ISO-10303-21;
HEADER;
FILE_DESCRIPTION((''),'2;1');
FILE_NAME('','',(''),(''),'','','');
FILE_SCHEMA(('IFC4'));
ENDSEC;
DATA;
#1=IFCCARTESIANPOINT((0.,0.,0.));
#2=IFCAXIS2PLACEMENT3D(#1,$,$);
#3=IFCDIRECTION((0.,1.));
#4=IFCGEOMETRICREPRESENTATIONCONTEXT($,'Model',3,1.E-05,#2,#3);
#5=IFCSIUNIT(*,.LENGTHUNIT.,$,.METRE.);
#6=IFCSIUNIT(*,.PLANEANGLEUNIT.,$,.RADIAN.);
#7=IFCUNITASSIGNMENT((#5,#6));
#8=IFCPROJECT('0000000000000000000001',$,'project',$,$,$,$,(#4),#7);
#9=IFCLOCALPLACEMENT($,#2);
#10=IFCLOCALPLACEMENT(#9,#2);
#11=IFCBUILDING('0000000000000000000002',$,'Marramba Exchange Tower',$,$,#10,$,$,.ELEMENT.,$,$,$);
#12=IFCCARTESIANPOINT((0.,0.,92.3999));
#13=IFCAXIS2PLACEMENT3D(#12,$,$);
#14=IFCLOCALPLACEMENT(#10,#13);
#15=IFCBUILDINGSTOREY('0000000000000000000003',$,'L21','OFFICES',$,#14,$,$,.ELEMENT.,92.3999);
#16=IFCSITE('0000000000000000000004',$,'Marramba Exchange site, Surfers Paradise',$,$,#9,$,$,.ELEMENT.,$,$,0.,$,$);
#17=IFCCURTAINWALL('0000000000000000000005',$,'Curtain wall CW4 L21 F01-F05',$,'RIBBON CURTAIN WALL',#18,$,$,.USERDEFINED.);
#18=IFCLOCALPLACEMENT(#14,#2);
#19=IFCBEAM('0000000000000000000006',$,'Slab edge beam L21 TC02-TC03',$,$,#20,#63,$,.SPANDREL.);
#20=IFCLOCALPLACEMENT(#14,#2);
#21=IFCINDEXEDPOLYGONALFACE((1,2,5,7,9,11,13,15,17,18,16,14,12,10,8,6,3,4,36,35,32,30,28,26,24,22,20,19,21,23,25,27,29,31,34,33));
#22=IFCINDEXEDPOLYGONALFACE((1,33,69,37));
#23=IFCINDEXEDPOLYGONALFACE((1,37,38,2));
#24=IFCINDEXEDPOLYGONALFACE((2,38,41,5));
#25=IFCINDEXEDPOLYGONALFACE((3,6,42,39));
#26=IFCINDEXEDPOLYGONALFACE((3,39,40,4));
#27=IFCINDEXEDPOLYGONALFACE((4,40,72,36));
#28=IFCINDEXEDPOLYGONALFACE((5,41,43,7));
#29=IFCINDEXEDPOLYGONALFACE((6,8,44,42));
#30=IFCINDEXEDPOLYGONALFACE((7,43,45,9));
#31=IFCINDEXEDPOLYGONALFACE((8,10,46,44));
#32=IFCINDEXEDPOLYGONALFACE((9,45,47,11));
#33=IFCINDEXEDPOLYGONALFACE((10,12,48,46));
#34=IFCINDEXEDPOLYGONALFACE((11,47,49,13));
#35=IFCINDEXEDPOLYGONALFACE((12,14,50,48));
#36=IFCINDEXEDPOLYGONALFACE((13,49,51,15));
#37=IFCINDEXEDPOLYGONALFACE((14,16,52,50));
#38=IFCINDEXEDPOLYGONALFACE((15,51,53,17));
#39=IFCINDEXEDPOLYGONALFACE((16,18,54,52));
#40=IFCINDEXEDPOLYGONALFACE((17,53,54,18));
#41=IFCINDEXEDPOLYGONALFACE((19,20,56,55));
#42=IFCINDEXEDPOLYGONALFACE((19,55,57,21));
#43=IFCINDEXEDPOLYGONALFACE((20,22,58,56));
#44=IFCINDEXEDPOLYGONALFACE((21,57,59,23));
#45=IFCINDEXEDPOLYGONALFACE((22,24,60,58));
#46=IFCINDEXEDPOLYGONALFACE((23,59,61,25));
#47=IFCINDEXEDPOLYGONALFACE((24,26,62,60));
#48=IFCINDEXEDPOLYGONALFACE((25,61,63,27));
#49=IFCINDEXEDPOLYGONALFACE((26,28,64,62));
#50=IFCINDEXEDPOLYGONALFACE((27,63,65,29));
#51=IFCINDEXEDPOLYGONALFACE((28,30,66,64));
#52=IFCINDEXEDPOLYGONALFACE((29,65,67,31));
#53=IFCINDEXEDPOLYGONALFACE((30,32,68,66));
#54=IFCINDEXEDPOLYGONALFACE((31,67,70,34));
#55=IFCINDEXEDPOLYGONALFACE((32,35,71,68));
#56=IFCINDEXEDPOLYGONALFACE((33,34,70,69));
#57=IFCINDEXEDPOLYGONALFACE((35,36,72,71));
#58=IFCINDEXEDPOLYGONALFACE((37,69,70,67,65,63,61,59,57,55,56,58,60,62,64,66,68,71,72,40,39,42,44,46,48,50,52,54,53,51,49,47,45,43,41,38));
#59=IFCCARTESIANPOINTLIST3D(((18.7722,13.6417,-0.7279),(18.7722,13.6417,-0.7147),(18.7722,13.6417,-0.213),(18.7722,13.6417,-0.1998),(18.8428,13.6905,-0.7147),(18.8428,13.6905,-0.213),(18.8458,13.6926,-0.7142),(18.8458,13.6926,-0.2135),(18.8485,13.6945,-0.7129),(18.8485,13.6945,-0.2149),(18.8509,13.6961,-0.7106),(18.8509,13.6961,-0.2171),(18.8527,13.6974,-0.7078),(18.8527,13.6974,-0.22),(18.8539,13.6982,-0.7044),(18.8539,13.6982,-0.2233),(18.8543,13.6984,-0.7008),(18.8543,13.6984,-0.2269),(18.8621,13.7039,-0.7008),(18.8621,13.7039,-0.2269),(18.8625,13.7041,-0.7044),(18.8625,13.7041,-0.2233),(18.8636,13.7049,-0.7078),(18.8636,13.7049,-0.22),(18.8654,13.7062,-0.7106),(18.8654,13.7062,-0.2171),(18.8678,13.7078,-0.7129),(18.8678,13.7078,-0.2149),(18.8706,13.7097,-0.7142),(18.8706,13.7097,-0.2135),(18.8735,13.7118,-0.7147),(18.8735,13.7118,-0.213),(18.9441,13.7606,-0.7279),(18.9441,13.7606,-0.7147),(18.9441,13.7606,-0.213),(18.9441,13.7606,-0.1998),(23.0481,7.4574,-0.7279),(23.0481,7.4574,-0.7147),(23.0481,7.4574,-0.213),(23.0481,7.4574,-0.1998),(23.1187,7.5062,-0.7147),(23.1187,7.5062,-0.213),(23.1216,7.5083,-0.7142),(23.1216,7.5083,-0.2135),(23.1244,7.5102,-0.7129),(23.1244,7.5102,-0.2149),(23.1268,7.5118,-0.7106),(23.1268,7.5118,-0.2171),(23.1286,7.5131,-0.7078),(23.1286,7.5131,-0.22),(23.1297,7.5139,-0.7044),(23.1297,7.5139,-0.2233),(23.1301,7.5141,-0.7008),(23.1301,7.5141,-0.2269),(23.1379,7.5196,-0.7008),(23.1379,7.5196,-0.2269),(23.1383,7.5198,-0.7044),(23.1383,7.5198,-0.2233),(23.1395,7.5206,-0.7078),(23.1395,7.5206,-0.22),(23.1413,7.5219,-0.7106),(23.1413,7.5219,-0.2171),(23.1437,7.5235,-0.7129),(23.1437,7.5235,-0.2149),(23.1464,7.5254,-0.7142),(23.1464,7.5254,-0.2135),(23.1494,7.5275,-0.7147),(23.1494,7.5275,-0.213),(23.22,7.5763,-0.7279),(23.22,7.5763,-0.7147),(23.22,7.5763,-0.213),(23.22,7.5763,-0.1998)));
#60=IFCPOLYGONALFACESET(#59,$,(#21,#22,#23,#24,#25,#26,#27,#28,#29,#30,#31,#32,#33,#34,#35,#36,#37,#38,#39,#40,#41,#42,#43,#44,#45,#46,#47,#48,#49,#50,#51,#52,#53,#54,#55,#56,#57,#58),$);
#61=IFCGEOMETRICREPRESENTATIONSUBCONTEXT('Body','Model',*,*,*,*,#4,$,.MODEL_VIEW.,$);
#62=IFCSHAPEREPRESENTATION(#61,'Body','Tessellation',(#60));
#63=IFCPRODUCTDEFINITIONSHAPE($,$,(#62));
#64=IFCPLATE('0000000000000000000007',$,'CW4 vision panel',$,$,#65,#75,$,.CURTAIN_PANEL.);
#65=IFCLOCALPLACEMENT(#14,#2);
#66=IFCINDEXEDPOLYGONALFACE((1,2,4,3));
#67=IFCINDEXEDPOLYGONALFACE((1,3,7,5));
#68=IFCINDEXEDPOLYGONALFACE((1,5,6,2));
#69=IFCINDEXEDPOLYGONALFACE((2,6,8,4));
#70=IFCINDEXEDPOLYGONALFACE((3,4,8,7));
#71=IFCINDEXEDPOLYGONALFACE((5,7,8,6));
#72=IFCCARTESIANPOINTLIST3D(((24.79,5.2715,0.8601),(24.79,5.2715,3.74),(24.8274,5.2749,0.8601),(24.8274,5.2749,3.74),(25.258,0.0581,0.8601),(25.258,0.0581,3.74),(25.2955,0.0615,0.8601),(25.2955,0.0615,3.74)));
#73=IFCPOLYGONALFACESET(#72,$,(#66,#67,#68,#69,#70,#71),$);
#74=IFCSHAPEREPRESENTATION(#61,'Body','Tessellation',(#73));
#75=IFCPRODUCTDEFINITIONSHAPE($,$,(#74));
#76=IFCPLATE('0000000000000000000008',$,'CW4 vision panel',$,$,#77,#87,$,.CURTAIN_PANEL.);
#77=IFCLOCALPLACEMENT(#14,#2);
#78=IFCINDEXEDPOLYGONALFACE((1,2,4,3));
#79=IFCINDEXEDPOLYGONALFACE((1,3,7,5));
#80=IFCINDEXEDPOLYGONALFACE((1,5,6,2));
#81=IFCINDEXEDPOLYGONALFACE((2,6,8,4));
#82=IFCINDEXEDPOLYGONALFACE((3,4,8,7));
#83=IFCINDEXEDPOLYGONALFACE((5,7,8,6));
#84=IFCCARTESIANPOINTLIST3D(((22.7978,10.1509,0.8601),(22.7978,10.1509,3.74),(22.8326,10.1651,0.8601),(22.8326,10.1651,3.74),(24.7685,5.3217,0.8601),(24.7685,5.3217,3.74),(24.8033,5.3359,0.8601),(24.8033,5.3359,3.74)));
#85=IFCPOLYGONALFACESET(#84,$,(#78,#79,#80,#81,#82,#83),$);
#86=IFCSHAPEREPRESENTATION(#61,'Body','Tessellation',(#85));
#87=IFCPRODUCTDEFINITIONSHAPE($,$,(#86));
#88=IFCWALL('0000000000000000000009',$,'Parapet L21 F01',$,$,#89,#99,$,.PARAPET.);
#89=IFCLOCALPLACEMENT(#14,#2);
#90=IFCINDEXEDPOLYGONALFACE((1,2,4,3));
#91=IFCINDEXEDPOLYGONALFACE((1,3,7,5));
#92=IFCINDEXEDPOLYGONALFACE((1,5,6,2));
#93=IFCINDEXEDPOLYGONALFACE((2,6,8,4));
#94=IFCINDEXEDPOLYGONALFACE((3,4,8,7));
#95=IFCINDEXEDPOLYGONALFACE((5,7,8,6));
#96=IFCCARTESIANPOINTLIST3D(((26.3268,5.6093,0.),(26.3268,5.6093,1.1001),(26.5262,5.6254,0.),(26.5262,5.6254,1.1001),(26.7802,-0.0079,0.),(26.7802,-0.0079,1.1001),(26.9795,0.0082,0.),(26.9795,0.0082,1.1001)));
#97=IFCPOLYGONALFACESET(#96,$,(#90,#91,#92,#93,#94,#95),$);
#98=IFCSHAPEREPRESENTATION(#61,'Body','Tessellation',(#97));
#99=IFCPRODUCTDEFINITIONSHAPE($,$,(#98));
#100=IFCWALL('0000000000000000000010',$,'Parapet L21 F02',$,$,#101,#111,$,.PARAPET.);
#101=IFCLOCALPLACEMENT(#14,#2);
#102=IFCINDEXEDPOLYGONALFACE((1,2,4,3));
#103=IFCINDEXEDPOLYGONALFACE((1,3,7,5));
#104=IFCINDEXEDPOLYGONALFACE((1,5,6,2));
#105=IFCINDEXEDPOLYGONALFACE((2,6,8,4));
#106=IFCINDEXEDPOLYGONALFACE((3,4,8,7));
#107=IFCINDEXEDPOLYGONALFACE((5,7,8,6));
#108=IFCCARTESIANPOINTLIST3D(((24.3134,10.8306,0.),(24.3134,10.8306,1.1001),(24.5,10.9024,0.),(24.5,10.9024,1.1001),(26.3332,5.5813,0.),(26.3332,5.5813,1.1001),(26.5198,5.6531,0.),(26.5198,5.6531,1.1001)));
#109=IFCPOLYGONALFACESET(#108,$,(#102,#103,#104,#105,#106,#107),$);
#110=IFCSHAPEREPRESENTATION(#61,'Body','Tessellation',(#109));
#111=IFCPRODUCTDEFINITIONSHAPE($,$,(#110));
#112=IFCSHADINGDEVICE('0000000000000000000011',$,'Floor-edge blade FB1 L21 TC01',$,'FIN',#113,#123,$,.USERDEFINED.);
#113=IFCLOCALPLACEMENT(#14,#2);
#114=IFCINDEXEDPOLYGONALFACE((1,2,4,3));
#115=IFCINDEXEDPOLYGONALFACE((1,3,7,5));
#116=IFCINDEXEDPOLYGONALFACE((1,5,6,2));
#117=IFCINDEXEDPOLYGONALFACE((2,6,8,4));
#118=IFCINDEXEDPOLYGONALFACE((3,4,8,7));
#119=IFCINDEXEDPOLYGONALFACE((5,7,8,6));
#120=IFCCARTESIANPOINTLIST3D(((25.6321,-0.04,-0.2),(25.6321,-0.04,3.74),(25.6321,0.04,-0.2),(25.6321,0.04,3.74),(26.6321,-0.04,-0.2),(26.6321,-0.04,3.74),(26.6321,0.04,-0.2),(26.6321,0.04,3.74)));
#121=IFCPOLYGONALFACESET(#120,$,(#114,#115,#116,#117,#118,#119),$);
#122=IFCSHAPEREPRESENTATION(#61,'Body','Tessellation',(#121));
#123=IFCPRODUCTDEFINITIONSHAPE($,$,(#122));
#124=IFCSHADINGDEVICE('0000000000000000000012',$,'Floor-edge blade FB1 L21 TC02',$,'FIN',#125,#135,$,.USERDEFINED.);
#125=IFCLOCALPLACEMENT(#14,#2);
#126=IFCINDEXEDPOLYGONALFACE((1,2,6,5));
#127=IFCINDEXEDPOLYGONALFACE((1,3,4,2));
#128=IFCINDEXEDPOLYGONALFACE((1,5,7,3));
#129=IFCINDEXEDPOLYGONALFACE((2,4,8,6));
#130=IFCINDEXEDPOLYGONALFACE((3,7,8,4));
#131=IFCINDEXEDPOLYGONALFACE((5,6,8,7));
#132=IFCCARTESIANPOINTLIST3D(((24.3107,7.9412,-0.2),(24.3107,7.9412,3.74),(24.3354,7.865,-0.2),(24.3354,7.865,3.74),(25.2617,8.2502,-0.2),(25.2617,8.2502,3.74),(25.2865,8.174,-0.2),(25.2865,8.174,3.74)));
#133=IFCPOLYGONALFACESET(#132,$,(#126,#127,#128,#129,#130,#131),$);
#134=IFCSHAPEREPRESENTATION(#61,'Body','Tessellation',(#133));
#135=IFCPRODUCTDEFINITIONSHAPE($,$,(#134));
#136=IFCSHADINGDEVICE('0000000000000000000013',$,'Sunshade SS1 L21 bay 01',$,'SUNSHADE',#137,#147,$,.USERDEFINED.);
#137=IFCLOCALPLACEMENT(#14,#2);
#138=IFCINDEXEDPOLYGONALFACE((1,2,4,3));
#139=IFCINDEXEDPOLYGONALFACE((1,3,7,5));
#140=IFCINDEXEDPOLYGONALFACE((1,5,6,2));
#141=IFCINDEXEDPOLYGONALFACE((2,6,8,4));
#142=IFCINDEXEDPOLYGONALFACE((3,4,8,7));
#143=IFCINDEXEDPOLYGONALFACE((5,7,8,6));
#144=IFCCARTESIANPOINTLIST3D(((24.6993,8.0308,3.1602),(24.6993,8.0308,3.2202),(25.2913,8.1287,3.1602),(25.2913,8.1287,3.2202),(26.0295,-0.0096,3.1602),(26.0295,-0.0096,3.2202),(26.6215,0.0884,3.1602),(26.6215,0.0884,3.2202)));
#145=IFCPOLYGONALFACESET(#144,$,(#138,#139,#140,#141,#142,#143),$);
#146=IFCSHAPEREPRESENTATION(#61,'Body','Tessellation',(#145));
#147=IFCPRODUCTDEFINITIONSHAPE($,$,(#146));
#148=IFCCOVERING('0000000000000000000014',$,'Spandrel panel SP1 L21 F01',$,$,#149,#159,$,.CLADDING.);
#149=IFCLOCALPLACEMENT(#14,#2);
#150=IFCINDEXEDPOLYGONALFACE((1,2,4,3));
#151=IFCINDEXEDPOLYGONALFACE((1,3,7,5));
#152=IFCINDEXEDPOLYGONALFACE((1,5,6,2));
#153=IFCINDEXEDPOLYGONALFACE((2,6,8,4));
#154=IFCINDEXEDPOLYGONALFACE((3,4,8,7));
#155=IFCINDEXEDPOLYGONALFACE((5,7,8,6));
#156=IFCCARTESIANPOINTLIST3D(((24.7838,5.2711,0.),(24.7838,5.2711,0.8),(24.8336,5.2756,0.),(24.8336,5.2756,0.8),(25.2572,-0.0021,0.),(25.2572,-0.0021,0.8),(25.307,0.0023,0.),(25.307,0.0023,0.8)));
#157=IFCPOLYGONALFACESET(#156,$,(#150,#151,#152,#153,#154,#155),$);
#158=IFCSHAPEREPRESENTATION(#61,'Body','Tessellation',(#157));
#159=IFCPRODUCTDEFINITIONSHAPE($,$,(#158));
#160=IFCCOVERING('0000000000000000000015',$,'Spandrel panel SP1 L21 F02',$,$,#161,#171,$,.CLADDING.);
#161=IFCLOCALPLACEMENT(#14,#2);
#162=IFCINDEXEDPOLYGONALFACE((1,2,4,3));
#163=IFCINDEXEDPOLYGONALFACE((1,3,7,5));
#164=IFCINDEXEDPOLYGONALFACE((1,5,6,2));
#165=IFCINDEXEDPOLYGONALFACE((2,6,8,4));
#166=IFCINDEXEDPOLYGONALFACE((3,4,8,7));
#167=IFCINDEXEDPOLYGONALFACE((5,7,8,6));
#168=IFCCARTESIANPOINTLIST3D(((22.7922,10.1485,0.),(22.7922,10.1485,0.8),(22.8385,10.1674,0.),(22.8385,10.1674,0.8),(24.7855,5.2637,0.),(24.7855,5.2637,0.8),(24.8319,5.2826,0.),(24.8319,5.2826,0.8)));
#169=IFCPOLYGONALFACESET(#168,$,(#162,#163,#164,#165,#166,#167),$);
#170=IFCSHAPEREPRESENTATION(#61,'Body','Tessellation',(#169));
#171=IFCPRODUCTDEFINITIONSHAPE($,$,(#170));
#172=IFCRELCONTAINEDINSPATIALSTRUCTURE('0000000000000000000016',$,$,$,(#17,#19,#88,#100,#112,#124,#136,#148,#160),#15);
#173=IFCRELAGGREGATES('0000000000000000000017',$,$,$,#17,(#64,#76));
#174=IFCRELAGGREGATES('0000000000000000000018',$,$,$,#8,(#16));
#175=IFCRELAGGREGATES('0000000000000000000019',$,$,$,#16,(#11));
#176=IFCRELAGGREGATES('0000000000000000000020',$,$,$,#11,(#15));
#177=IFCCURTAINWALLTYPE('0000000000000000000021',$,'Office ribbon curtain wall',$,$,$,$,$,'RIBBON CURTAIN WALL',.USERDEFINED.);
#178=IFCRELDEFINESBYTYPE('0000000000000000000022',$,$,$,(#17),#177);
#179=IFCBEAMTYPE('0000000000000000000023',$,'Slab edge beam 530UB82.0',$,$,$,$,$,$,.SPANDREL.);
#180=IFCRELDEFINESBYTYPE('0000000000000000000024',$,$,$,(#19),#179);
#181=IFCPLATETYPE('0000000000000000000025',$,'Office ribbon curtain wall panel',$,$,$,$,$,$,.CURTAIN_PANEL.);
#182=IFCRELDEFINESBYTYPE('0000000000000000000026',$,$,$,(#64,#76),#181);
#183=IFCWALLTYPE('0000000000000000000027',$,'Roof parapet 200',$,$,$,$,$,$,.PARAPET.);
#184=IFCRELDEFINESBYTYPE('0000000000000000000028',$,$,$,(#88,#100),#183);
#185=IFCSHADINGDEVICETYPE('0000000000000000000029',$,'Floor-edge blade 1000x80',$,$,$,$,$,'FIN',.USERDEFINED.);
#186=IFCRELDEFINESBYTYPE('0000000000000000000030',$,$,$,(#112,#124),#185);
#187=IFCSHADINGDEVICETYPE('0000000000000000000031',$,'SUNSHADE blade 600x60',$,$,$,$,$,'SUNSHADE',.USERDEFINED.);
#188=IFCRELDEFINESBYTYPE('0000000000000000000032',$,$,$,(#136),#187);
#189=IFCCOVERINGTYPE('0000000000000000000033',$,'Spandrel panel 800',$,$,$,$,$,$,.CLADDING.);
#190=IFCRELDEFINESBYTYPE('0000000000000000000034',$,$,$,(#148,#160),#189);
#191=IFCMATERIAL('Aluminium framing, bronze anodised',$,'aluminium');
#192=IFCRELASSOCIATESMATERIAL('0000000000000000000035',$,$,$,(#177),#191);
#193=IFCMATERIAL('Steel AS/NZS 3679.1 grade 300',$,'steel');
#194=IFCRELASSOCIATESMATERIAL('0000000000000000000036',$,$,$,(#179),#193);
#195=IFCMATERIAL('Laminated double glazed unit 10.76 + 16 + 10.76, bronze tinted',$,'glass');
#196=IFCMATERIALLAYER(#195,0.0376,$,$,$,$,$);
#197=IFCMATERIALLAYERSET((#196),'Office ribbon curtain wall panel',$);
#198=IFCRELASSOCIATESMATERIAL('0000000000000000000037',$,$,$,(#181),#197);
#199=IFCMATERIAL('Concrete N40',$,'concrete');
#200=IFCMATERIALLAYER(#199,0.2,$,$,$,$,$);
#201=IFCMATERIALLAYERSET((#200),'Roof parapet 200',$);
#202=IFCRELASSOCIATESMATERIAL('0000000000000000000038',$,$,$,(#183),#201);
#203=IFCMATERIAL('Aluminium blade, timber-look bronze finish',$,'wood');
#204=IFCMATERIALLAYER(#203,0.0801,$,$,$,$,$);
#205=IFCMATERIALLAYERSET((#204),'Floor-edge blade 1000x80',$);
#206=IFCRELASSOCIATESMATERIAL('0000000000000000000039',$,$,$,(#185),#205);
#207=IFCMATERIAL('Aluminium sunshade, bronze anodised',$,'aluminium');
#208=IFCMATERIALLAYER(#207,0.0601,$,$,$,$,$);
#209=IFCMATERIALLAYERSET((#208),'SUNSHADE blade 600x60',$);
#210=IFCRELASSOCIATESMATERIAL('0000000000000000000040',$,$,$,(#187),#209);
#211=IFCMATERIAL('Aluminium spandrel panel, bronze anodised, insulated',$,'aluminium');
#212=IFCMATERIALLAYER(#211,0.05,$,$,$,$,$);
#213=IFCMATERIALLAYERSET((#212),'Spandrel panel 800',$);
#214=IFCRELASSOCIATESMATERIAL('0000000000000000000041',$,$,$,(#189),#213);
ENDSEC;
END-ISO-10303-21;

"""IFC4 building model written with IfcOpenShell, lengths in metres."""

from ifc_helpers import new_model, si_unit, direction, frame, frame_2d, origin, origin_2d, place, context, subcontext, project, spatial, rectangle, i_section, extrude, material, layer, layer_set, material_profile, profile_set, type_object, element, aggregate, save


model = new_model("IFC4")

# Units and contexts
model_context = context("Model", 3, precision=1e-05, world=origin(), true_north=direction((0.0, 1.0)))
body_context = subcontext(model_context, "Body", "Model", "MODEL_VIEW")
ifc_project = project(units=[si_unit("LENGTHUNIT", "METRE"), si_unit("PLANEANGLEUNIT", "RADIAN")], contexts=[model_context])

# Site, building, storey
site_placement = place(None, origin())
site = spatial("IfcSite", under=ifc_project, at=site_placement, Name="Marramba Exchange site, Surfers Paradise", CompositionType="ELEMENT", RefElevation=0.0)
building_placement = place(site_placement, origin())
building = spatial("IfcBuilding", under=site, at=building_placement, Name="Marramba Exchange Tower", CompositionType="ELEMENT")
storey_placement = place(building_placement, frame((0.0, 0.0, 92.3999)))
storey = spatial("IfcBuildingStorey", under=building, at=storey_placement, Name="L21", Description="OFFICES", CompositionType="ELEMENT", Elevation=92.3999)

# Shared definitions
ifc_material_1 = material(Name="Steel AS/NZS 3679.1 grade 300", Category="steel")

# Curtain wall
ifc_material_2 = material(Name="Aluminium framing, bronze anodised", Category="aluminium")
curtain_wall_type = type_object("IfcCurtainWallType", Name="Office ribbon curtain wall", ElementType="RIBBON CURTAIN WALL", PredefinedType="USERDEFINED", material=ifc_material_2)
curtain_wall_placement = place(storey_placement, origin())
curtain_wall = element("IfcCurtainWall", 1, at=curtain_wall_placement, inside=storey, type_object=curtain_wall_type, Name="Curtain wall CW4 L21 F01-F05", ObjectType="RIBBON CURTAIN WALL", PredefinedType="USERDEFINED")

# Beam
ifc_material_profile_1 = material_profile(ifc_material_1, i_section(OverallWidth=0.209, OverallDepth=0.5281, WebThickness=0.0095, FlangeThickness=0.0132, FilletRadius=0.0139, at=origin_2d()), Name="530UB82.0")
ifc_profile_set_1 = profile_set([ifc_material_profile_1], Name="Steel AS/NZS 3679.1 grade 300")
beam_type_1 = type_object("IfcBeamType", Name="Slab edge beam 530UB82.0", PredefinedType="SPANDREL", material=ifc_profile_set_1)
beam_1_placement = place(storey_placement, frame((23.134, 7.5168, -0.4639), z_axis=(-0.568708, 0.822539, 0.0), x_axis=(-0.822539, -0.568708, 0.0)))
element("IfcBeam", 2, at=beam_1_placement, inside=storey, type_object=beam_type_1, Name="Slab edge beam L21 TC02-TC03", PredefinedType="SPANDREL", context=body_context, shape_type="SweptSolid", body=[
    extrude(i_section(OverallWidth=0.209, OverallDepth=0.5281, WebThickness=0.0095, FlangeThickness=0.0132, FilletRadius=0.0139, at=origin_2d()), origin(), (0.0, 0.0, 1.0), 7.5186),
])

# Plates
ifc_material_3 = material(Name="Laminated double glazed unit 10.76 + 16 + 10.76, bronze tinted", Category="glass")
ifc_layer_1 = layer(ifc_material_3, 0.0376)
ifc_layer_set_1 = layer_set([ifc_layer_1], Name="Office ribbon curtain wall panel")
plate_type = type_object("IfcPlateType", Name="Office ribbon curtain wall panel", PredefinedType="CURTAIN_PANEL", material=ifc_layer_set_1)
plate_1_placement = place(storey_placement, frame((25.0427, 2.6665, 0.8601), z_axis=(0.0, 0.0, 1.0), x_axis=(-0.089413, 0.995995, 0.0)))
plate_1 = element("IfcPlate", 3, at=plate_1_placement, type_object=plate_type, Name="CW4 vision panel", PredefinedType="CURTAIN_PANEL", context=body_context, shape_type="SweptSolid", body=[
    extrude(rectangle(XDim=5.2344, YDim=0.0376, at=origin_2d()), origin(), (0.0, 0.0, 1.0), 2.8799),
])
plate_2_placement = place(storey_placement, frame((23.8005, 7.7434, 0.8601), z_axis=(0.0, 0.0, 1.0), x_axis=(-0.377821, 0.925879, 0.0)))
plate_2 = element("IfcPlate", 4, at=plate_2_placement, type_object=plate_type, Name="CW4 vision panel", PredefinedType="CURTAIN_PANEL", context=body_context, shape_type="SweptSolid", body=[
    extrude(rectangle(XDim=5.2158, YDim=0.0376, at=origin_2d()), origin(), (0.0, 0.0, 1.0), 2.8799),
])
aggregate(curtain_wall, [plate_1, plate_2])

# Walls
ifc_material_4 = material(Name="Concrete N40", Category="concrete")
ifc_layer_2 = layer(ifc_material_4, 0.2)
ifc_layer_set_2 = layer_set([ifc_layer_2], Name="Roof parapet 200")
wall_type = type_object("IfcWallType", Name="Roof parapet 200", PredefinedType="PARAPET", material=ifc_layer_set_2)
wall_1_placement = place(storey_placement, frame((26.8799, 0.0, 0.0), z_axis=(0.0, 0.0, 1.0), x_axis=(-0.080449, 0.996759, 0.0)))
element("IfcWall", 5, at=wall_1_placement, inside=storey, type_object=wall_type, Name="Parapet L21 F01", PredefinedType="PARAPET", context=body_context, shape_type="SweptSolid", body=[
    extrude(rectangle(XDim=5.6355, YDim=0.2, at=frame_2d((2.8179, 0.0))), origin(), (0.0, 0.0, 1.0), 1.1001),
])
wall_2_placement = place(storey_placement, frame((26.4265, 5.6172, 0.0), z_axis=(0.0, 0.0, 1.0), x_axis=(-0.359107, 0.933296, 0.0)))
element("IfcWall", 6, at=wall_2_placement, inside=storey, type_object=wall_type, Name="Parapet L21 F02", PredefinedType="PARAPET", context=body_context, shape_type="SweptSolid", body=[
    extrude(rectangle(XDim=5.6245, YDim=0.2, at=frame_2d((2.8123, 0.0))), origin(), (0.0, 0.0, 1.0), 1.1001),
])

# Shading devices
ifc_material_5 = material(Name="Aluminium blade, timber-look bronze finish", Category="wood")
ifc_layer_3 = layer(ifc_material_5, 0.0801)
ifc_layer_set_3 = layer_set([ifc_layer_3], Name="Floor-edge blade 1000x80")
shading_device_type_1 = type_object("IfcShadingDeviceType", Name="Floor-edge blade 1000x80", ElementType="FIN", PredefinedType="USERDEFINED", material=ifc_layer_set_3)
for number, where, z_axis, x_axis, name in (
    (7, (26.1321, 0.0, -0.2), (0.0, 0.0, 1.0), (1.0, 0.0, 0.0), "Floor-edge blade FB1 L21 TC01"),
    (8, (24.7986, 8.0576, -0.2), (0.0, 0.0, 1.0), (0.951057, 0.309017, 0.0), "Floor-edge blade FB1 L21 TC02"),
):
    element("IfcShadingDevice", number, at=place(storey_placement, frame(where, z_axis=z_axis, x_axis=x_axis)), inside=storey, type_object=shading_device_type_1, Name=name, ObjectType="FIN", PredefinedType="USERDEFINED", context=body_context, shape_type="SweptSolid", body=[
        extrude(rectangle(XDim=1.0, YDim=0.0801, at=origin_2d()), origin(), (0.0, 0.0, 1.0), 3.9399),
    ])
ifc_material_6 = material(Name="Aluminium sunshade, bronze anodised", Category="aluminium")
ifc_layer_4 = layer(ifc_material_6, 0.0601)
ifc_layer_set_4 = layer_set([ifc_layer_4], Name="SUNSHADE blade 600x60")
shading_device_type_2 = type_object("IfcShadingDeviceType", Name="SUNSHADE blade 600x60", ElementType="SUNSHADE", PredefinedType="USERDEFINED", material=ifc_layer_set_4)
shading_device_placement = place(storey_placement, frame((25.6604, 4.0596, 3.1602), z_axis=(0.0, 0.0, 1.0), x_axis=(-0.163228, 0.986588, 0.0)))
element("IfcShadingDevice", 9, at=shading_device_placement, inside=storey, type_object=shading_device_type_2, Name="Sunshade SS1 L21 bay 01", ObjectType="SUNSHADE", PredefinedType="USERDEFINED", context=body_context, shape_type="SweptSolid", body=[
    extrude(rectangle(XDim=8.1497, YDim=0.6001, at=origin_2d()), origin(), (0.0, 0.0, 1.0), 0.0601),
])

# Coverings
ifc_material_7 = material(Name="Aluminium spandrel panel, bronze anodised, insulated", Category="aluminium")
ifc_layer_5 = layer(ifc_material_7, 0.05)
ifc_layer_set_5 = layer_set([ifc_layer_5], Name="Spandrel panel 800")
covering_type = type_object("IfcCoveringType", Name="Spandrel panel 800", PredefinedType="CLADDING", material=ifc_layer_set_5)
covering_1_placement = place(storey_placement, frame((25.0454, 2.6367, 0.0), z_axis=(0.0, 0.0, 1.0), x_axis=(-0.089413, 0.995995, 0.0)))
element("IfcCovering", 10, at=covering_1_placement, inside=storey, type_object=covering_type, Name="Spandrel panel SP1 L21 F01", PredefinedType="CLADDING", context=body_context, shape_type="SweptSolid", body=[
    extrude(rectangle(XDim=5.2944, YDim=0.05, at=origin_2d()), origin(), (0.0, 0.0, 1.0), 0.8),
])
covering_2_placement = place(storey_placement, frame((23.812, 7.7156, 0.0), z_axis=(0.0, 0.0, 1.0), x_axis=(-0.377821, 0.925879, 0.0)))
element("IfcCovering", 11, at=covering_2_placement, inside=storey, type_object=covering_type, Name="Spandrel panel SP1 L21 F02", PredefinedType="CLADDING", context=body_context, shape_type="SweptSolid", body=[
    extrude(rectangle(XDim=5.2759, YDim=0.05, at=origin_2d()), origin(), (0.0, 0.0, 1.0), 0.8),
])

save(model, "model.ifc")
